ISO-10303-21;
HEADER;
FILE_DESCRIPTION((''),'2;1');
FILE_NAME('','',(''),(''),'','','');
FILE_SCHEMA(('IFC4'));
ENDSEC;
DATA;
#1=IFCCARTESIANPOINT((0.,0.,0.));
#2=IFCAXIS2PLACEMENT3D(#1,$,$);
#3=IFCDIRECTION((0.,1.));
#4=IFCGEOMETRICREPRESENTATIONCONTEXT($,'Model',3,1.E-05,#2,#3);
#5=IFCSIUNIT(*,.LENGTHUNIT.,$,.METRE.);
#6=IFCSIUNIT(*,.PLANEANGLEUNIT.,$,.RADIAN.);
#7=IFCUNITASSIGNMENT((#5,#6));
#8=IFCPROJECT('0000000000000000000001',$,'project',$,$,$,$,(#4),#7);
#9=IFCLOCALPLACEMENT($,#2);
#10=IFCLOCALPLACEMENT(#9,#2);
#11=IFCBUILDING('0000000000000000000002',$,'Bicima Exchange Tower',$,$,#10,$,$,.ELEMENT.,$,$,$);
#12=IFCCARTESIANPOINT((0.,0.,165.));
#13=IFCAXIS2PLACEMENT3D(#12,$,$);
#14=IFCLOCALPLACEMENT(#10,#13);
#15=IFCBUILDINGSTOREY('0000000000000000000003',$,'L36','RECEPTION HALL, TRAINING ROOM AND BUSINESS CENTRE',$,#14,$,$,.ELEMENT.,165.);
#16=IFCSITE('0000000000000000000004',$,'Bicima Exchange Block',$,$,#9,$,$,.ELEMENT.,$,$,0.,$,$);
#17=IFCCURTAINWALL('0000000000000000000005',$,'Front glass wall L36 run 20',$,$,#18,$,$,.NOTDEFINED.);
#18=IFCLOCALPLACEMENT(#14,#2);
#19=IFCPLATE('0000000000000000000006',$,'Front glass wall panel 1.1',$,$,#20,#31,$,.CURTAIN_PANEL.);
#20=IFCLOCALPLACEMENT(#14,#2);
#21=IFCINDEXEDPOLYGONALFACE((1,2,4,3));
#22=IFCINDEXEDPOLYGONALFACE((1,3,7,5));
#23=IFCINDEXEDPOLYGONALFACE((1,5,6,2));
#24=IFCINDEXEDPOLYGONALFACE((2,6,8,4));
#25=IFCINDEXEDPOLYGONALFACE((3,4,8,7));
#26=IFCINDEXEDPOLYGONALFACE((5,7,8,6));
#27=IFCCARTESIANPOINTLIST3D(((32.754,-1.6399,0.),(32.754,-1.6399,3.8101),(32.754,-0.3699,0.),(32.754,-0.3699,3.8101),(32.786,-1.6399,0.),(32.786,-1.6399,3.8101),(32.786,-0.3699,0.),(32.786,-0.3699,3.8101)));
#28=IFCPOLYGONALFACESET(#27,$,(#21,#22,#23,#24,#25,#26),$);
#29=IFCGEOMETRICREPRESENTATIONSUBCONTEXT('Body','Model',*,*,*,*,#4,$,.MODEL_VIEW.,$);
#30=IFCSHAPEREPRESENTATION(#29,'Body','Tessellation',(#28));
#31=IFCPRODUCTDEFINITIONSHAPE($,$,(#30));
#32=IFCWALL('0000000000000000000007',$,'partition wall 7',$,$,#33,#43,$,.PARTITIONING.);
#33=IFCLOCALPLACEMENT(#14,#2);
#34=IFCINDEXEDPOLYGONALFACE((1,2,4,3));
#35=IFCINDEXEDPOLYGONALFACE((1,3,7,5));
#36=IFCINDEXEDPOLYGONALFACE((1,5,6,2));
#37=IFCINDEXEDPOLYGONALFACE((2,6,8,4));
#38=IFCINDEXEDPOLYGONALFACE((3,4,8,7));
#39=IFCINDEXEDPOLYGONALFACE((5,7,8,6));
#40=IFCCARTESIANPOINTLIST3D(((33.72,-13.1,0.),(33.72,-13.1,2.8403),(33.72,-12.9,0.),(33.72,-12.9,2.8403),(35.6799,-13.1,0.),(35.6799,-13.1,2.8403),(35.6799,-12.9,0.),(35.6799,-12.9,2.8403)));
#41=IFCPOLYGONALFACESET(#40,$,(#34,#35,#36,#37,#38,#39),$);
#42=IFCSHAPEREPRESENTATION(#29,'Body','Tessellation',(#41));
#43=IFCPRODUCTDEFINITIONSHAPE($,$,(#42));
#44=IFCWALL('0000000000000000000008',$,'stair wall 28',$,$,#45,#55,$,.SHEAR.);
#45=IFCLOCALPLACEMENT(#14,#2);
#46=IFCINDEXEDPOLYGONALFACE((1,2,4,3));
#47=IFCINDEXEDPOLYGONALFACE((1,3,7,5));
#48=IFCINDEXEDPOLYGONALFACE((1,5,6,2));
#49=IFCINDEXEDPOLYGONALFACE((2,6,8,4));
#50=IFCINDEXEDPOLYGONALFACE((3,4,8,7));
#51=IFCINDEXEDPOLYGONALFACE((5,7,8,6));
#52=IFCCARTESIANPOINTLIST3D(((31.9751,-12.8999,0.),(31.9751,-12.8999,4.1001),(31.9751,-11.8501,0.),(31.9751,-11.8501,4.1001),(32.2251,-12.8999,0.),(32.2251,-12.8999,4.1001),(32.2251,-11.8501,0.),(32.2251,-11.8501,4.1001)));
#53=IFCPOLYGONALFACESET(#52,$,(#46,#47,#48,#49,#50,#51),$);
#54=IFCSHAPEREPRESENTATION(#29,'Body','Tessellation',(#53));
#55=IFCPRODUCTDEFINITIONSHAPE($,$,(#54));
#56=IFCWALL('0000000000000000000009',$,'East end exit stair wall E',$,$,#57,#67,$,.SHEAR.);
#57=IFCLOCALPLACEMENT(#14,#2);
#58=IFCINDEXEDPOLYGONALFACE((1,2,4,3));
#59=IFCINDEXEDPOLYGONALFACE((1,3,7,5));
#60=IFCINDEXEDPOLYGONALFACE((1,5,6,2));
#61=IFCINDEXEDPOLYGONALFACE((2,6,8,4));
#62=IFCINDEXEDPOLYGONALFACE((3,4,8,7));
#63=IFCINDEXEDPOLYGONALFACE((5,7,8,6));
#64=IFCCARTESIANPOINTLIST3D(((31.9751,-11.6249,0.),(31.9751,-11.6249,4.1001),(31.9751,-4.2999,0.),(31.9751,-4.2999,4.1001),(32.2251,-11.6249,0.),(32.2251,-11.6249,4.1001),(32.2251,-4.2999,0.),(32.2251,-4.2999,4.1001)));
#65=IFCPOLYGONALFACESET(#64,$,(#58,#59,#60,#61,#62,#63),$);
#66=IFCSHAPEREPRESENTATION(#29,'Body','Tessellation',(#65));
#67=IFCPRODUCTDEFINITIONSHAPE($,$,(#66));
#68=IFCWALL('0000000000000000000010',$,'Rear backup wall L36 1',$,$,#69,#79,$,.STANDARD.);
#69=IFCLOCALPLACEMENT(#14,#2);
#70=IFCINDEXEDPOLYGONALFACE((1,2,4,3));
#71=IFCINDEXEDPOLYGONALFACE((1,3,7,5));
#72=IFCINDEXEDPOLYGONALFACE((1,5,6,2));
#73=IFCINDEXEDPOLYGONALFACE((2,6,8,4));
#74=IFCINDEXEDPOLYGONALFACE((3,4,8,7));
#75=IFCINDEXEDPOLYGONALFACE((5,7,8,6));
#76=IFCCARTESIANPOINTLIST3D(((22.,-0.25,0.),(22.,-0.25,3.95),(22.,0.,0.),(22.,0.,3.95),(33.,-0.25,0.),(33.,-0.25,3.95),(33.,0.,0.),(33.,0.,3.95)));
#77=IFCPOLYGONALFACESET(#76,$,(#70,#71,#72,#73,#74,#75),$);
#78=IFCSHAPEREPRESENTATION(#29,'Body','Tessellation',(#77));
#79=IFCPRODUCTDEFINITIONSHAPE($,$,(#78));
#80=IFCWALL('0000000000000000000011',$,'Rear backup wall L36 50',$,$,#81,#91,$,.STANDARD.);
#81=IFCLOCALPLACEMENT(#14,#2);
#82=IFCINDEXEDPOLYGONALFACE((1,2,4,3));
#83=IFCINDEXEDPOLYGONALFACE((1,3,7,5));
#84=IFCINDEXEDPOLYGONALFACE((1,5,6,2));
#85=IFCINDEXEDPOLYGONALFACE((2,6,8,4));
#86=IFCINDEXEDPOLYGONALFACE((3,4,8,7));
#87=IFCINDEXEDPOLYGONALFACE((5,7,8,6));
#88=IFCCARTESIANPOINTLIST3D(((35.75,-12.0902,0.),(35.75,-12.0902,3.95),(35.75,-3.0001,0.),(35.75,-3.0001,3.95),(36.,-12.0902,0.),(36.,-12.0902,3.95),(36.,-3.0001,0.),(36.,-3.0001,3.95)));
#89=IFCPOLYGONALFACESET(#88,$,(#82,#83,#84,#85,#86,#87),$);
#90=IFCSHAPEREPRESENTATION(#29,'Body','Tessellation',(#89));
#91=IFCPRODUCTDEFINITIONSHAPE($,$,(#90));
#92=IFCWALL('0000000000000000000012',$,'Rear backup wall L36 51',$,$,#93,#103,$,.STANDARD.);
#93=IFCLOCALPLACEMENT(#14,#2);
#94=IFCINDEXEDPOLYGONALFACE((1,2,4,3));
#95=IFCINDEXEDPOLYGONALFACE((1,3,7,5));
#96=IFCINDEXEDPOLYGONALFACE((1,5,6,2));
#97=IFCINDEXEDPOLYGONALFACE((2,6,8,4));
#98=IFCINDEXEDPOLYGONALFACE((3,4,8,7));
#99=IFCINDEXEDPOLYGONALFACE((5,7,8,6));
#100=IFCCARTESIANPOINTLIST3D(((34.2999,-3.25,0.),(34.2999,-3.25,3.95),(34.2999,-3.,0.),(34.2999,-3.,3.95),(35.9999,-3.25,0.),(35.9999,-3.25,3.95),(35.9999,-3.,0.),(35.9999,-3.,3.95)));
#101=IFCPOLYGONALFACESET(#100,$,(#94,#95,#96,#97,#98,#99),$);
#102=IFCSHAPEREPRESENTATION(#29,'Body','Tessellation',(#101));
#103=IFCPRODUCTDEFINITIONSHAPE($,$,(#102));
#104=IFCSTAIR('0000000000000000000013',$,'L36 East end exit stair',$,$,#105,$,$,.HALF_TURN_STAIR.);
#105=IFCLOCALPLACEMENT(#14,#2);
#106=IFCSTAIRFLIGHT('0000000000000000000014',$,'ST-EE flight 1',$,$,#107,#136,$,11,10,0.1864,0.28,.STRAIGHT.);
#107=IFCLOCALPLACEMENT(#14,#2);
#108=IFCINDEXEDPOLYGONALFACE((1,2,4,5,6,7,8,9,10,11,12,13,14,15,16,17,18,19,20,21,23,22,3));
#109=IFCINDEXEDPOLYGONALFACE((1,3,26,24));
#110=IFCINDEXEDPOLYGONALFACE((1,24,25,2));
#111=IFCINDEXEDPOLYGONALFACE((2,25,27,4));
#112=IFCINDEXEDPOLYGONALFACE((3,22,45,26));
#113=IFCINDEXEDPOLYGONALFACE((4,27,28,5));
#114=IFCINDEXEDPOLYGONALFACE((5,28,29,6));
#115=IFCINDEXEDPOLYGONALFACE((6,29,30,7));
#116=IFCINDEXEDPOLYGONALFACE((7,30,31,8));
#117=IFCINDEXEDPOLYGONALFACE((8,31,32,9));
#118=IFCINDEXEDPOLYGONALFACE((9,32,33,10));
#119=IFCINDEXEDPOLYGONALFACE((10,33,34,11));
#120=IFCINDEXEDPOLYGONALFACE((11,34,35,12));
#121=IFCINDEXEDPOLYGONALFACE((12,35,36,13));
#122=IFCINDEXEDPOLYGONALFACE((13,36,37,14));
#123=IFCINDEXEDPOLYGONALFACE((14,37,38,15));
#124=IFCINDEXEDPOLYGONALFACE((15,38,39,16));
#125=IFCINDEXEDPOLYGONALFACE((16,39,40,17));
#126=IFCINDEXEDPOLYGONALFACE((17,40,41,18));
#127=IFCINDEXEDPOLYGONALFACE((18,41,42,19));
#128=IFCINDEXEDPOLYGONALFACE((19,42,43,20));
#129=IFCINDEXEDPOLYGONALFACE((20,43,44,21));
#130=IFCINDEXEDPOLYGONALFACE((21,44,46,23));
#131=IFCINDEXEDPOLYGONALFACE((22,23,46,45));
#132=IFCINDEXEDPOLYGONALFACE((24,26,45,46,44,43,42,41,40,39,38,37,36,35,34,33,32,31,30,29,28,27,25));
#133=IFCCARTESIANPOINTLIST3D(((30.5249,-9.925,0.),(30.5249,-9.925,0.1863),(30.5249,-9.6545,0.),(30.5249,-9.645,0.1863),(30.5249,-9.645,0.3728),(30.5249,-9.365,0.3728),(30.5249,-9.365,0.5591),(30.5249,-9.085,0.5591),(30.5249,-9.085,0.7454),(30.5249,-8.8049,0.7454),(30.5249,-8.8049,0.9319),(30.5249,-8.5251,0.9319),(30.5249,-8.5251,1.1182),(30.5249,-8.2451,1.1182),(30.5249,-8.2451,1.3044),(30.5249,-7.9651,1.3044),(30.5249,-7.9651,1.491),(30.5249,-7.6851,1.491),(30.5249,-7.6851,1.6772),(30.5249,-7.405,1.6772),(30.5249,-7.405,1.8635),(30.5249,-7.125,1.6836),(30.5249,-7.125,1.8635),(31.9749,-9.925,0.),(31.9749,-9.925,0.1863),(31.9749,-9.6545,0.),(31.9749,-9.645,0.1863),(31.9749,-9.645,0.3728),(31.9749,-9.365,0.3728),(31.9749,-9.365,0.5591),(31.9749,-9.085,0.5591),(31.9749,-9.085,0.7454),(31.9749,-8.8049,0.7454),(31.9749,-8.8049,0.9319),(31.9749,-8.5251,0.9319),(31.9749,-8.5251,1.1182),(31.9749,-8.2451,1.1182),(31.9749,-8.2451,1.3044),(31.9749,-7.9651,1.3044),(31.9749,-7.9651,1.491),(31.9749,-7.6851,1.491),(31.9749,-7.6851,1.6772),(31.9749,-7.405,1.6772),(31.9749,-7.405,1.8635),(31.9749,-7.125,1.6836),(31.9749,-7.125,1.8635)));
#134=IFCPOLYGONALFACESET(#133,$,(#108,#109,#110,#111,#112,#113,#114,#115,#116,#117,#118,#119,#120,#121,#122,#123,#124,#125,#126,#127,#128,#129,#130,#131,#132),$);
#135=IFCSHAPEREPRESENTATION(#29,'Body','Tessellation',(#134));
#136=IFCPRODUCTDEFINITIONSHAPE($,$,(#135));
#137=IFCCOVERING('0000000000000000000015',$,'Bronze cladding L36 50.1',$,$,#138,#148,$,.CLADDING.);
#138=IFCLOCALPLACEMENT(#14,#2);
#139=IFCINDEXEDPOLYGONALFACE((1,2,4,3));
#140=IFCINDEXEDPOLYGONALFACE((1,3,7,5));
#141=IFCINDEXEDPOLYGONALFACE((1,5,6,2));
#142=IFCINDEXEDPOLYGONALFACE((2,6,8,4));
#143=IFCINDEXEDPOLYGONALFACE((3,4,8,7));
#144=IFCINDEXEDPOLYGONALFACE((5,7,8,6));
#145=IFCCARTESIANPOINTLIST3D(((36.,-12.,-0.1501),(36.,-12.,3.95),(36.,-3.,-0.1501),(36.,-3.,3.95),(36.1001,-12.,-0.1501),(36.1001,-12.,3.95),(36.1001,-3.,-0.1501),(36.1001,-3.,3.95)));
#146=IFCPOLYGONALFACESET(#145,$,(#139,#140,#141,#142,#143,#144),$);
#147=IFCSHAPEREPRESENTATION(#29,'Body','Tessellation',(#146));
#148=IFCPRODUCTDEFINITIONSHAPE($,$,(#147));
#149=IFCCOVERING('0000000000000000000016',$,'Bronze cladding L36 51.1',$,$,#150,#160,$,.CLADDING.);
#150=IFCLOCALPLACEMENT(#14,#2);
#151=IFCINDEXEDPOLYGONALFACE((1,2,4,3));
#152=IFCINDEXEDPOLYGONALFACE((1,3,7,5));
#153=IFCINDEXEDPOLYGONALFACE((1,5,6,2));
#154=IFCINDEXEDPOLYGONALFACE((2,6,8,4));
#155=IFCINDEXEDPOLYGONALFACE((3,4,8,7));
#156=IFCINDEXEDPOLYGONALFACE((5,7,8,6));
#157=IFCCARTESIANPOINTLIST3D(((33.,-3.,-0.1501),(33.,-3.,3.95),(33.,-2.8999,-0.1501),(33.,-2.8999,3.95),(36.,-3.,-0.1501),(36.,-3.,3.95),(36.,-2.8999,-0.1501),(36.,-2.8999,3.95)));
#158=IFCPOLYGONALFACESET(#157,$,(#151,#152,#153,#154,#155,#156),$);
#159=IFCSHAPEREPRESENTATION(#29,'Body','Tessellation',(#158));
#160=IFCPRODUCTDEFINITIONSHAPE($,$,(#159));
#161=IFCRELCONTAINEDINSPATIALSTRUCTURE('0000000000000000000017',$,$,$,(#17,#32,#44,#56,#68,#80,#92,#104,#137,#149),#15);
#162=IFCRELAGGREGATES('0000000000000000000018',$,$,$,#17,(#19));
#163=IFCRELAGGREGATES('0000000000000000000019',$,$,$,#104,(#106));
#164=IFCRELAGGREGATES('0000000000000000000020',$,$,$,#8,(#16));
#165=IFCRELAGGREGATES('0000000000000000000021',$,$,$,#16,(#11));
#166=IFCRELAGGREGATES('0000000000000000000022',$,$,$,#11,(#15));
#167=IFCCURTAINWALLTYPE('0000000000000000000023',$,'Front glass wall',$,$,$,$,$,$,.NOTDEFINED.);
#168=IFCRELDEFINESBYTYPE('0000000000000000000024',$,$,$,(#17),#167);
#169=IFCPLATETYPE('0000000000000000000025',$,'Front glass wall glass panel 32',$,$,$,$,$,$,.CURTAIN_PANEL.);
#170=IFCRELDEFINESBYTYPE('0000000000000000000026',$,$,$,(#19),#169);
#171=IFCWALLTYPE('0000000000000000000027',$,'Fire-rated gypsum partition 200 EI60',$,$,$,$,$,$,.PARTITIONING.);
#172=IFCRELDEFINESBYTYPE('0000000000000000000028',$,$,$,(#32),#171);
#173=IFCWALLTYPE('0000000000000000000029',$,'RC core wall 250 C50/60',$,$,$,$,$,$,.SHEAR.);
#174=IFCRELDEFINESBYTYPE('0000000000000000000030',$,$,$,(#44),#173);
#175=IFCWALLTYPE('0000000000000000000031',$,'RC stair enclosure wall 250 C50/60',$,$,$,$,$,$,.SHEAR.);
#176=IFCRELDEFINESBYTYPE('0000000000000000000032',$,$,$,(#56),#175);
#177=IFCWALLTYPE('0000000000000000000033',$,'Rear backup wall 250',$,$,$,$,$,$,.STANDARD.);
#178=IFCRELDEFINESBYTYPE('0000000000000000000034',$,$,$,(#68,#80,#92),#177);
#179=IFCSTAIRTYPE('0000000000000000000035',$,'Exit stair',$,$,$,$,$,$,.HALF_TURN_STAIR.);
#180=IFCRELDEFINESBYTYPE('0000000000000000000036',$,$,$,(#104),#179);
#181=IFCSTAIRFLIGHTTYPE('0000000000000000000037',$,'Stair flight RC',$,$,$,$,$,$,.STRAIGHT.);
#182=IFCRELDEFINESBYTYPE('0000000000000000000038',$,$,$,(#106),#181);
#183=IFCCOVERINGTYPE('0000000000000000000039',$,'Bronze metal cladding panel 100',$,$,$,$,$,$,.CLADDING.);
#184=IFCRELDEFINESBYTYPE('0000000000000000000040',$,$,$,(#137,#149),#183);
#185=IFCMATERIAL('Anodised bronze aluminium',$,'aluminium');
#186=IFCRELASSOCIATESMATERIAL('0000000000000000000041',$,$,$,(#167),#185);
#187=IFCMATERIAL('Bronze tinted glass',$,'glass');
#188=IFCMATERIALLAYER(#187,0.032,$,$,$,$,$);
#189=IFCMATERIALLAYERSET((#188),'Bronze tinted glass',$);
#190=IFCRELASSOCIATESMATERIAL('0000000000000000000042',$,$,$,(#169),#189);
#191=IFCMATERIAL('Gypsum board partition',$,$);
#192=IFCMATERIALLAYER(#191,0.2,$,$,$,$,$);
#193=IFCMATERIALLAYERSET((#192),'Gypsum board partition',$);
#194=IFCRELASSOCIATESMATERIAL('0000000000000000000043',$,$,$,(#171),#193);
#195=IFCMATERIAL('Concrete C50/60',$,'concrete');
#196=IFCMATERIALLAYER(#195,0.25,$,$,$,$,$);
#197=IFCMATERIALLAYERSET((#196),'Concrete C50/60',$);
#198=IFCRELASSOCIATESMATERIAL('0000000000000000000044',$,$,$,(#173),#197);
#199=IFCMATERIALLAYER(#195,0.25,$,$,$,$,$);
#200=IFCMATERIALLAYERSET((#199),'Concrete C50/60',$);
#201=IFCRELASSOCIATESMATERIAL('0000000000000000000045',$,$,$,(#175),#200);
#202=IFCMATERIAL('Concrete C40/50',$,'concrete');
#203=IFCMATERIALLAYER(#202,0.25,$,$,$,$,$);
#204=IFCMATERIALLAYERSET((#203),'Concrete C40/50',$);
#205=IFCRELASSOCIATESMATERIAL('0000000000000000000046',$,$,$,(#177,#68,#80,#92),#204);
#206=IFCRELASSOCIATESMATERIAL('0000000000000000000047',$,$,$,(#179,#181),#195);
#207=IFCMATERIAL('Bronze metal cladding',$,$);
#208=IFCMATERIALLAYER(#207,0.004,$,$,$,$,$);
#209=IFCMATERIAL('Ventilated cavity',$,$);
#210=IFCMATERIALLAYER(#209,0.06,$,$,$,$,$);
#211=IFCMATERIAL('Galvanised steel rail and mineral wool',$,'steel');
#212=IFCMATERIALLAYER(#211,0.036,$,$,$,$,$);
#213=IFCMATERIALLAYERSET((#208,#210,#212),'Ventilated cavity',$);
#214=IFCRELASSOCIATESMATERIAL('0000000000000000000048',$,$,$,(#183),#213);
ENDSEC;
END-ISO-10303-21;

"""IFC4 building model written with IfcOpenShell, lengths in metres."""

from ifc_helpers import new_model, si_unit, direction, frame, frame_2d, origin, origin_2d, place, context, subcontext, project, spatial, polyline, rectangle, outline, extrude, material, layer, layer_set, layer_usage, type_object, element, aggregate, save


model = new_model("IFC4")

# Units and contexts
model_context = context("Model", 3, precision=1e-05, world=origin(), true_north=direction((0.0, 1.0)))
body_context = subcontext(model_context, "Body", "Model", "MODEL_VIEW")
ifc_project = project(units=[si_unit("LENGTHUNIT", "METRE"), si_unit("PLANEANGLEUNIT", "RADIAN")], contexts=[model_context])

# Site, building, storey
site_placement = place(None, origin())
site = spatial("IfcSite", under=ifc_project, at=site_placement, Name="Bicima Exchange Block", CompositionType="ELEMENT", RefElevation=0.0)
building_placement = place(site_placement, origin())
building = spatial("IfcBuilding", under=site, at=building_placement, Name="Bicima Exchange Tower", CompositionType="ELEMENT")
storey_placement = place(building_placement, frame((0.0, 0.0, 165.0)))
storey = spatial("IfcBuildingStorey", under=building, at=storey_placement, Name="L36", Description="RECEPTION HALL, TRAINING ROOM AND BUSINESS CENTRE", CompositionType="ELEMENT", Elevation=165.0)

# Shared definitions
ifc_material_1 = material(Name="Anodised bronze aluminium", Category="aluminium")

# Curtain wall
curtain_wall_type_1 = type_object("IfcCurtainWallType", Name="Front glass wall", PredefinedType="NOTDEFINED", material=ifc_material_1)
curtain_wall_1_placement = place(storey_placement, origin())
curtain_wall_1 = element("IfcCurtainWall", 1, at=curtain_wall_1_placement, inside=storey, type_object=curtain_wall_type_1, Name="Front glass wall L36 run 20", PredefinedType="NOTDEFINED")

# Plate
ifc_material_2 = material(Name="Bronze tinted glass", Category="glass")
ifc_layer_1 = layer(ifc_material_2, 0.032)
ifc_layer_set_1 = layer_set([ifc_layer_1], Name="Bronze tinted glass")
plate_type = type_object("IfcPlateType", Name="Front glass wall glass panel 32", PredefinedType="CURTAIN_PANEL", material=ifc_layer_set_1)
plate_placement = place(storey_placement, frame((32.77, -1.0049, 0.0), z_axis=(0.0, 0.0, 1.0), x_axis=(0.0, 1.0, 0.0)))
plate = element("IfcPlate", 2, at=plate_placement, type_object=plate_type, Name="Front glass wall panel 1.1", PredefinedType="CURTAIN_PANEL", context=body_context, shape_type="SweptSolid", body=[
    extrude(rectangle(XDim=1.27, YDim=0.032, at=origin_2d()), origin(), (0.0, 0.0, 1.0), 3.8101),
])
aggregate(curtain_wall_1, [plate])

# Walls
ifc_material_3 = material(Name="Gypsum board partition")
ifc_layer_2 = layer(ifc_material_3, 0.2)
ifc_layer_set_2 = layer_set([ifc_layer_2], Name="Gypsum board partition")
wall_type_1 = type_object("IfcWallType", Name="Fire-rated gypsum partition 200 EI60", PredefinedType="PARTITIONING", material=ifc_layer_set_2)
wall_1_placement = place(storey_placement, frame((33.72, -13.0, 0.0), z_axis=(0.0, 0.0, 1.0), x_axis=(1.0, 0.0, 0.0)))
element("IfcWall", 3, at=wall_1_placement, inside=storey, type_object=wall_type_1, Name="partition wall 7", PredefinedType="PARTITIONING", context=body_context, shape_type="SweptSolid", body=[
    extrude(rectangle(XDim=1.96, YDim=0.2, at=frame_2d((0.98, 0.0))), origin(), (0.0, 0.0, 1.0), 2.8403),
])
ifc_material_4 = material(Name="Concrete C50/60", Category="concrete")
ifc_layer_3 = layer(ifc_material_4, 0.25)
ifc_layer_set_3 = layer_set([ifc_layer_3], Name="Concrete C50/60")
wall_type_2 = type_object("IfcWallType", Name="RC core wall 250 C50/60", PredefinedType="SHEAR", material=ifc_layer_set_3)
wall_2_placement = place(storey_placement, frame((32.1001, -12.8999, 0.0), z_axis=(0.0, 0.0, 1.0), x_axis=(0.0, 1.0, 0.0)))
element("IfcWall", 4, at=wall_2_placement, inside=storey, type_object=wall_type_2, Name="stair wall 28", PredefinedType="SHEAR", context=body_context, shape_type="SweptSolid", body=[
    extrude(rectangle(XDim=1.0498, YDim=0.25, at=frame_2d((0.5249, 0.0))), origin(), (0.0, 0.0, 1.0), 4.1001),
])
ifc_layer_4 = layer(ifc_material_4, 0.25)
ifc_layer_set_4 = layer_set([ifc_layer_4], Name="Concrete C50/60")
wall_type_3 = type_object("IfcWallType", Name="RC stair enclosure wall 250 C50/60", PredefinedType="SHEAR", material=ifc_layer_set_4)
wall_3_placement = place(storey_placement, frame((32.1001, -11.625, 0.0), z_axis=(0.0, 0.0, 1.0), x_axis=(0.0, 1.0, 0.0)))
element("IfcWall", 5, at=wall_3_placement, inside=storey, type_object=wall_type_3, Name="East end exit stair wall E", PredefinedType="SHEAR", context=body_context, shape_type="SweptSolid", body=[
    extrude(rectangle(XDim=7.325, YDim=0.25, at=frame_2d((3.6626, 0.0))), origin(), (0.0, 0.0, 1.0), 4.1001),
])
ifc_material_5 = material(Name="Concrete C40/50", Category="concrete")
ifc_layer_5 = layer(ifc_material_5, 0.25)
ifc_layer_set_5 = layer_set([ifc_layer_5], Name="Concrete C40/50")
ifc_layer_usage = layer_usage(ifc_layer_set_5, "AXIS2", "POSITIVE", -0.125)
wall_type_4 = type_object("IfcWallType", Name="Rear backup wall 250", PredefinedType="STANDARD", material=ifc_layer_set_5)
wall_4_placement = place(storey_placement, frame((33.0, -0.125, 0.0), z_axis=(0.0, 0.0, 1.0), x_axis=(-1.0, 0.0, 0.0)))
element("IfcWall", 6, at=wall_4_placement, inside=storey, type_object=wall_type_4, material=ifc_layer_usage, Name="Rear backup wall L36 1", PredefinedType="STANDARD", context=body_context, shape_type="SweptSolid", body=[
    extrude(rectangle(XDim=11.0, YDim=0.25, at=frame_2d((5.5, 0.0))), origin(), (0.0, 0.0, 1.0), 3.95),
])
wall_5_placement = place(storey_placement, frame((35.875, -12.0901, 0.0), z_axis=(0.0, 0.0, 1.0), x_axis=(0.0, 1.0, 0.0)))
element("IfcWall", 7, at=wall_5_placement, inside=storey, type_object=wall_type_4, material=ifc_layer_usage, Name="Rear backup wall L36 50", PredefinedType="STANDARD", context=body_context, shape_type="SweptSolid", body=[
    extrude(rectangle(XDim=9.0901, YDim=0.25, at=frame_2d((4.5449, 0.0))), origin(), (0.0, 0.0, 1.0), 3.95),
])
wall_6_placement = place(storey_placement, frame((36.0, -3.125, 0.0), z_axis=(0.0, 0.0, 1.0), x_axis=(-1.0, 0.0, 0.0)))
element("IfcWall", 8, at=wall_6_placement, inside=storey, type_object=wall_type_4, material=ifc_layer_usage, Name="Rear backup wall L36 51", PredefinedType="STANDARD", context=body_context, shape_type="SweptSolid", body=[
    extrude(rectangle(XDim=1.7, YDim=0.25, at=frame_2d((0.8501, 0.0))), origin(), (0.0, 0.0, 1.0), 3.95),
])

# Stair, stair flight
stair_type = type_object("IfcStairType", Name="Exit stair", PredefinedType="HALF_TURN_STAIR", material=ifc_material_4)
stair_placement = place(storey_placement, origin())
stair = element("IfcStair", 9, at=stair_placement, inside=storey, type_object=stair_type, Name="L36 East end exit stair", PredefinedType="HALF_TURN_STAIR")
stair_flight_type = type_object("IfcStairFlightType", Name="Stair flight RC", PredefinedType="STRAIGHT", material=ifc_material_4)
stair_flight_placement = place(storey_placement, frame((31.25, -9.925, 0.0), z_axis=(0.0, 0.0, 1.0), x_axis=(0.0, 1.0, 0.0)))
stair_flight = element("IfcStairFlight", 10, at=stair_flight_placement, type_object=stair_flight_type, Name="ST-EE flight 1", NumberOfRisers=11, NumberOfTreads=10, PredefinedType="STRAIGHT", RiserHeight=0.1864, TreadLength=0.28, context=body_context, shape_type="SweptSolid", body=[
    extrude(outline(polyline([(0.0, 0.0), (0.0, 0.1863), (0.28, 0.1863), (0.28, 0.3728), (0.5601, 0.3728), (0.5601, 0.5591), (0.8401, 0.5591), (0.8401, 0.7454), (1.1201, 0.7454), (1.1201, 0.9319), (1.3999, 0.9319), (1.3999, 1.1182), (1.6799, 1.1182), (1.6799, 1.3044), (1.96, 1.3044), (1.96, 1.491), (2.24, 1.491), (2.24, 1.6772), (2.52, 1.6772), (2.52, 1.8635), (2.8, 1.8635), (2.8, 2.05), (2.8, 1.6836), (0.2705, 0.0), (0.0, 0.0)])), frame((0.0, 0.7251, 0.0), z_axis=(0.0, -1.0, 0.0), x_axis=(1.0, 0.0, 0.0)), (0.0, 0.0, 1.0), 1.45),
])
aggregate(stair, [stair_flight])

# Coverings
ifc_material_6 = material(Name="Bronze metal cladding")
ifc_layer_6 = layer(ifc_material_6, 0.004)
ifc_material_7 = material(Name="Ventilated cavity")
ifc_layer_7 = layer(ifc_material_7, 0.06)
ifc_material_8 = material(Name="Galvanised steel rail and mineral wool", Category="steel")
ifc_layer_8 = layer(ifc_material_8, 0.036)
ifc_layer_set_6 = layer_set([ifc_layer_6, ifc_layer_7, ifc_layer_8], Name="Ventilated cavity")
covering_type = type_object("IfcCoveringType", Name="Bronze metal cladding panel 100", PredefinedType="CLADDING", material=ifc_layer_set_6)
covering_1_placement = place(storey_placement, frame((36.05, -7.5, -0.1501), z_axis=(0.0, 0.0, 1.0), x_axis=(0.0, 1.0, 0.0)))
element("IfcCovering", 11, at=covering_1_placement, inside=storey, type_object=covering_type, Name="Bronze cladding L36 50.1", PredefinedType="CLADDING", context=body_context, shape_type="SweptSolid", body=[
    extrude(rectangle(XDim=9.0, YDim=0.1001, at=origin_2d()), origin(), (0.0, 0.0, 1.0), 4.1001),
])
covering_2_placement = place(storey_placement, frame((34.5, -2.95, -0.1501), z_axis=(0.0, 0.0, 1.0), x_axis=(-1.0, 0.0, 0.0)))
element("IfcCovering", 12, at=covering_2_placement, inside=storey, type_object=covering_type, Name="Bronze cladding L36 51.1", PredefinedType="CLADDING", context=body_context, shape_type="SweptSolid", body=[
    extrude(rectangle(XDim=3.0, YDim=0.1001, at=origin_2d()), origin(), (0.0, 0.0, 1.0), 4.1001),
])

save(model, "model.ifc")
